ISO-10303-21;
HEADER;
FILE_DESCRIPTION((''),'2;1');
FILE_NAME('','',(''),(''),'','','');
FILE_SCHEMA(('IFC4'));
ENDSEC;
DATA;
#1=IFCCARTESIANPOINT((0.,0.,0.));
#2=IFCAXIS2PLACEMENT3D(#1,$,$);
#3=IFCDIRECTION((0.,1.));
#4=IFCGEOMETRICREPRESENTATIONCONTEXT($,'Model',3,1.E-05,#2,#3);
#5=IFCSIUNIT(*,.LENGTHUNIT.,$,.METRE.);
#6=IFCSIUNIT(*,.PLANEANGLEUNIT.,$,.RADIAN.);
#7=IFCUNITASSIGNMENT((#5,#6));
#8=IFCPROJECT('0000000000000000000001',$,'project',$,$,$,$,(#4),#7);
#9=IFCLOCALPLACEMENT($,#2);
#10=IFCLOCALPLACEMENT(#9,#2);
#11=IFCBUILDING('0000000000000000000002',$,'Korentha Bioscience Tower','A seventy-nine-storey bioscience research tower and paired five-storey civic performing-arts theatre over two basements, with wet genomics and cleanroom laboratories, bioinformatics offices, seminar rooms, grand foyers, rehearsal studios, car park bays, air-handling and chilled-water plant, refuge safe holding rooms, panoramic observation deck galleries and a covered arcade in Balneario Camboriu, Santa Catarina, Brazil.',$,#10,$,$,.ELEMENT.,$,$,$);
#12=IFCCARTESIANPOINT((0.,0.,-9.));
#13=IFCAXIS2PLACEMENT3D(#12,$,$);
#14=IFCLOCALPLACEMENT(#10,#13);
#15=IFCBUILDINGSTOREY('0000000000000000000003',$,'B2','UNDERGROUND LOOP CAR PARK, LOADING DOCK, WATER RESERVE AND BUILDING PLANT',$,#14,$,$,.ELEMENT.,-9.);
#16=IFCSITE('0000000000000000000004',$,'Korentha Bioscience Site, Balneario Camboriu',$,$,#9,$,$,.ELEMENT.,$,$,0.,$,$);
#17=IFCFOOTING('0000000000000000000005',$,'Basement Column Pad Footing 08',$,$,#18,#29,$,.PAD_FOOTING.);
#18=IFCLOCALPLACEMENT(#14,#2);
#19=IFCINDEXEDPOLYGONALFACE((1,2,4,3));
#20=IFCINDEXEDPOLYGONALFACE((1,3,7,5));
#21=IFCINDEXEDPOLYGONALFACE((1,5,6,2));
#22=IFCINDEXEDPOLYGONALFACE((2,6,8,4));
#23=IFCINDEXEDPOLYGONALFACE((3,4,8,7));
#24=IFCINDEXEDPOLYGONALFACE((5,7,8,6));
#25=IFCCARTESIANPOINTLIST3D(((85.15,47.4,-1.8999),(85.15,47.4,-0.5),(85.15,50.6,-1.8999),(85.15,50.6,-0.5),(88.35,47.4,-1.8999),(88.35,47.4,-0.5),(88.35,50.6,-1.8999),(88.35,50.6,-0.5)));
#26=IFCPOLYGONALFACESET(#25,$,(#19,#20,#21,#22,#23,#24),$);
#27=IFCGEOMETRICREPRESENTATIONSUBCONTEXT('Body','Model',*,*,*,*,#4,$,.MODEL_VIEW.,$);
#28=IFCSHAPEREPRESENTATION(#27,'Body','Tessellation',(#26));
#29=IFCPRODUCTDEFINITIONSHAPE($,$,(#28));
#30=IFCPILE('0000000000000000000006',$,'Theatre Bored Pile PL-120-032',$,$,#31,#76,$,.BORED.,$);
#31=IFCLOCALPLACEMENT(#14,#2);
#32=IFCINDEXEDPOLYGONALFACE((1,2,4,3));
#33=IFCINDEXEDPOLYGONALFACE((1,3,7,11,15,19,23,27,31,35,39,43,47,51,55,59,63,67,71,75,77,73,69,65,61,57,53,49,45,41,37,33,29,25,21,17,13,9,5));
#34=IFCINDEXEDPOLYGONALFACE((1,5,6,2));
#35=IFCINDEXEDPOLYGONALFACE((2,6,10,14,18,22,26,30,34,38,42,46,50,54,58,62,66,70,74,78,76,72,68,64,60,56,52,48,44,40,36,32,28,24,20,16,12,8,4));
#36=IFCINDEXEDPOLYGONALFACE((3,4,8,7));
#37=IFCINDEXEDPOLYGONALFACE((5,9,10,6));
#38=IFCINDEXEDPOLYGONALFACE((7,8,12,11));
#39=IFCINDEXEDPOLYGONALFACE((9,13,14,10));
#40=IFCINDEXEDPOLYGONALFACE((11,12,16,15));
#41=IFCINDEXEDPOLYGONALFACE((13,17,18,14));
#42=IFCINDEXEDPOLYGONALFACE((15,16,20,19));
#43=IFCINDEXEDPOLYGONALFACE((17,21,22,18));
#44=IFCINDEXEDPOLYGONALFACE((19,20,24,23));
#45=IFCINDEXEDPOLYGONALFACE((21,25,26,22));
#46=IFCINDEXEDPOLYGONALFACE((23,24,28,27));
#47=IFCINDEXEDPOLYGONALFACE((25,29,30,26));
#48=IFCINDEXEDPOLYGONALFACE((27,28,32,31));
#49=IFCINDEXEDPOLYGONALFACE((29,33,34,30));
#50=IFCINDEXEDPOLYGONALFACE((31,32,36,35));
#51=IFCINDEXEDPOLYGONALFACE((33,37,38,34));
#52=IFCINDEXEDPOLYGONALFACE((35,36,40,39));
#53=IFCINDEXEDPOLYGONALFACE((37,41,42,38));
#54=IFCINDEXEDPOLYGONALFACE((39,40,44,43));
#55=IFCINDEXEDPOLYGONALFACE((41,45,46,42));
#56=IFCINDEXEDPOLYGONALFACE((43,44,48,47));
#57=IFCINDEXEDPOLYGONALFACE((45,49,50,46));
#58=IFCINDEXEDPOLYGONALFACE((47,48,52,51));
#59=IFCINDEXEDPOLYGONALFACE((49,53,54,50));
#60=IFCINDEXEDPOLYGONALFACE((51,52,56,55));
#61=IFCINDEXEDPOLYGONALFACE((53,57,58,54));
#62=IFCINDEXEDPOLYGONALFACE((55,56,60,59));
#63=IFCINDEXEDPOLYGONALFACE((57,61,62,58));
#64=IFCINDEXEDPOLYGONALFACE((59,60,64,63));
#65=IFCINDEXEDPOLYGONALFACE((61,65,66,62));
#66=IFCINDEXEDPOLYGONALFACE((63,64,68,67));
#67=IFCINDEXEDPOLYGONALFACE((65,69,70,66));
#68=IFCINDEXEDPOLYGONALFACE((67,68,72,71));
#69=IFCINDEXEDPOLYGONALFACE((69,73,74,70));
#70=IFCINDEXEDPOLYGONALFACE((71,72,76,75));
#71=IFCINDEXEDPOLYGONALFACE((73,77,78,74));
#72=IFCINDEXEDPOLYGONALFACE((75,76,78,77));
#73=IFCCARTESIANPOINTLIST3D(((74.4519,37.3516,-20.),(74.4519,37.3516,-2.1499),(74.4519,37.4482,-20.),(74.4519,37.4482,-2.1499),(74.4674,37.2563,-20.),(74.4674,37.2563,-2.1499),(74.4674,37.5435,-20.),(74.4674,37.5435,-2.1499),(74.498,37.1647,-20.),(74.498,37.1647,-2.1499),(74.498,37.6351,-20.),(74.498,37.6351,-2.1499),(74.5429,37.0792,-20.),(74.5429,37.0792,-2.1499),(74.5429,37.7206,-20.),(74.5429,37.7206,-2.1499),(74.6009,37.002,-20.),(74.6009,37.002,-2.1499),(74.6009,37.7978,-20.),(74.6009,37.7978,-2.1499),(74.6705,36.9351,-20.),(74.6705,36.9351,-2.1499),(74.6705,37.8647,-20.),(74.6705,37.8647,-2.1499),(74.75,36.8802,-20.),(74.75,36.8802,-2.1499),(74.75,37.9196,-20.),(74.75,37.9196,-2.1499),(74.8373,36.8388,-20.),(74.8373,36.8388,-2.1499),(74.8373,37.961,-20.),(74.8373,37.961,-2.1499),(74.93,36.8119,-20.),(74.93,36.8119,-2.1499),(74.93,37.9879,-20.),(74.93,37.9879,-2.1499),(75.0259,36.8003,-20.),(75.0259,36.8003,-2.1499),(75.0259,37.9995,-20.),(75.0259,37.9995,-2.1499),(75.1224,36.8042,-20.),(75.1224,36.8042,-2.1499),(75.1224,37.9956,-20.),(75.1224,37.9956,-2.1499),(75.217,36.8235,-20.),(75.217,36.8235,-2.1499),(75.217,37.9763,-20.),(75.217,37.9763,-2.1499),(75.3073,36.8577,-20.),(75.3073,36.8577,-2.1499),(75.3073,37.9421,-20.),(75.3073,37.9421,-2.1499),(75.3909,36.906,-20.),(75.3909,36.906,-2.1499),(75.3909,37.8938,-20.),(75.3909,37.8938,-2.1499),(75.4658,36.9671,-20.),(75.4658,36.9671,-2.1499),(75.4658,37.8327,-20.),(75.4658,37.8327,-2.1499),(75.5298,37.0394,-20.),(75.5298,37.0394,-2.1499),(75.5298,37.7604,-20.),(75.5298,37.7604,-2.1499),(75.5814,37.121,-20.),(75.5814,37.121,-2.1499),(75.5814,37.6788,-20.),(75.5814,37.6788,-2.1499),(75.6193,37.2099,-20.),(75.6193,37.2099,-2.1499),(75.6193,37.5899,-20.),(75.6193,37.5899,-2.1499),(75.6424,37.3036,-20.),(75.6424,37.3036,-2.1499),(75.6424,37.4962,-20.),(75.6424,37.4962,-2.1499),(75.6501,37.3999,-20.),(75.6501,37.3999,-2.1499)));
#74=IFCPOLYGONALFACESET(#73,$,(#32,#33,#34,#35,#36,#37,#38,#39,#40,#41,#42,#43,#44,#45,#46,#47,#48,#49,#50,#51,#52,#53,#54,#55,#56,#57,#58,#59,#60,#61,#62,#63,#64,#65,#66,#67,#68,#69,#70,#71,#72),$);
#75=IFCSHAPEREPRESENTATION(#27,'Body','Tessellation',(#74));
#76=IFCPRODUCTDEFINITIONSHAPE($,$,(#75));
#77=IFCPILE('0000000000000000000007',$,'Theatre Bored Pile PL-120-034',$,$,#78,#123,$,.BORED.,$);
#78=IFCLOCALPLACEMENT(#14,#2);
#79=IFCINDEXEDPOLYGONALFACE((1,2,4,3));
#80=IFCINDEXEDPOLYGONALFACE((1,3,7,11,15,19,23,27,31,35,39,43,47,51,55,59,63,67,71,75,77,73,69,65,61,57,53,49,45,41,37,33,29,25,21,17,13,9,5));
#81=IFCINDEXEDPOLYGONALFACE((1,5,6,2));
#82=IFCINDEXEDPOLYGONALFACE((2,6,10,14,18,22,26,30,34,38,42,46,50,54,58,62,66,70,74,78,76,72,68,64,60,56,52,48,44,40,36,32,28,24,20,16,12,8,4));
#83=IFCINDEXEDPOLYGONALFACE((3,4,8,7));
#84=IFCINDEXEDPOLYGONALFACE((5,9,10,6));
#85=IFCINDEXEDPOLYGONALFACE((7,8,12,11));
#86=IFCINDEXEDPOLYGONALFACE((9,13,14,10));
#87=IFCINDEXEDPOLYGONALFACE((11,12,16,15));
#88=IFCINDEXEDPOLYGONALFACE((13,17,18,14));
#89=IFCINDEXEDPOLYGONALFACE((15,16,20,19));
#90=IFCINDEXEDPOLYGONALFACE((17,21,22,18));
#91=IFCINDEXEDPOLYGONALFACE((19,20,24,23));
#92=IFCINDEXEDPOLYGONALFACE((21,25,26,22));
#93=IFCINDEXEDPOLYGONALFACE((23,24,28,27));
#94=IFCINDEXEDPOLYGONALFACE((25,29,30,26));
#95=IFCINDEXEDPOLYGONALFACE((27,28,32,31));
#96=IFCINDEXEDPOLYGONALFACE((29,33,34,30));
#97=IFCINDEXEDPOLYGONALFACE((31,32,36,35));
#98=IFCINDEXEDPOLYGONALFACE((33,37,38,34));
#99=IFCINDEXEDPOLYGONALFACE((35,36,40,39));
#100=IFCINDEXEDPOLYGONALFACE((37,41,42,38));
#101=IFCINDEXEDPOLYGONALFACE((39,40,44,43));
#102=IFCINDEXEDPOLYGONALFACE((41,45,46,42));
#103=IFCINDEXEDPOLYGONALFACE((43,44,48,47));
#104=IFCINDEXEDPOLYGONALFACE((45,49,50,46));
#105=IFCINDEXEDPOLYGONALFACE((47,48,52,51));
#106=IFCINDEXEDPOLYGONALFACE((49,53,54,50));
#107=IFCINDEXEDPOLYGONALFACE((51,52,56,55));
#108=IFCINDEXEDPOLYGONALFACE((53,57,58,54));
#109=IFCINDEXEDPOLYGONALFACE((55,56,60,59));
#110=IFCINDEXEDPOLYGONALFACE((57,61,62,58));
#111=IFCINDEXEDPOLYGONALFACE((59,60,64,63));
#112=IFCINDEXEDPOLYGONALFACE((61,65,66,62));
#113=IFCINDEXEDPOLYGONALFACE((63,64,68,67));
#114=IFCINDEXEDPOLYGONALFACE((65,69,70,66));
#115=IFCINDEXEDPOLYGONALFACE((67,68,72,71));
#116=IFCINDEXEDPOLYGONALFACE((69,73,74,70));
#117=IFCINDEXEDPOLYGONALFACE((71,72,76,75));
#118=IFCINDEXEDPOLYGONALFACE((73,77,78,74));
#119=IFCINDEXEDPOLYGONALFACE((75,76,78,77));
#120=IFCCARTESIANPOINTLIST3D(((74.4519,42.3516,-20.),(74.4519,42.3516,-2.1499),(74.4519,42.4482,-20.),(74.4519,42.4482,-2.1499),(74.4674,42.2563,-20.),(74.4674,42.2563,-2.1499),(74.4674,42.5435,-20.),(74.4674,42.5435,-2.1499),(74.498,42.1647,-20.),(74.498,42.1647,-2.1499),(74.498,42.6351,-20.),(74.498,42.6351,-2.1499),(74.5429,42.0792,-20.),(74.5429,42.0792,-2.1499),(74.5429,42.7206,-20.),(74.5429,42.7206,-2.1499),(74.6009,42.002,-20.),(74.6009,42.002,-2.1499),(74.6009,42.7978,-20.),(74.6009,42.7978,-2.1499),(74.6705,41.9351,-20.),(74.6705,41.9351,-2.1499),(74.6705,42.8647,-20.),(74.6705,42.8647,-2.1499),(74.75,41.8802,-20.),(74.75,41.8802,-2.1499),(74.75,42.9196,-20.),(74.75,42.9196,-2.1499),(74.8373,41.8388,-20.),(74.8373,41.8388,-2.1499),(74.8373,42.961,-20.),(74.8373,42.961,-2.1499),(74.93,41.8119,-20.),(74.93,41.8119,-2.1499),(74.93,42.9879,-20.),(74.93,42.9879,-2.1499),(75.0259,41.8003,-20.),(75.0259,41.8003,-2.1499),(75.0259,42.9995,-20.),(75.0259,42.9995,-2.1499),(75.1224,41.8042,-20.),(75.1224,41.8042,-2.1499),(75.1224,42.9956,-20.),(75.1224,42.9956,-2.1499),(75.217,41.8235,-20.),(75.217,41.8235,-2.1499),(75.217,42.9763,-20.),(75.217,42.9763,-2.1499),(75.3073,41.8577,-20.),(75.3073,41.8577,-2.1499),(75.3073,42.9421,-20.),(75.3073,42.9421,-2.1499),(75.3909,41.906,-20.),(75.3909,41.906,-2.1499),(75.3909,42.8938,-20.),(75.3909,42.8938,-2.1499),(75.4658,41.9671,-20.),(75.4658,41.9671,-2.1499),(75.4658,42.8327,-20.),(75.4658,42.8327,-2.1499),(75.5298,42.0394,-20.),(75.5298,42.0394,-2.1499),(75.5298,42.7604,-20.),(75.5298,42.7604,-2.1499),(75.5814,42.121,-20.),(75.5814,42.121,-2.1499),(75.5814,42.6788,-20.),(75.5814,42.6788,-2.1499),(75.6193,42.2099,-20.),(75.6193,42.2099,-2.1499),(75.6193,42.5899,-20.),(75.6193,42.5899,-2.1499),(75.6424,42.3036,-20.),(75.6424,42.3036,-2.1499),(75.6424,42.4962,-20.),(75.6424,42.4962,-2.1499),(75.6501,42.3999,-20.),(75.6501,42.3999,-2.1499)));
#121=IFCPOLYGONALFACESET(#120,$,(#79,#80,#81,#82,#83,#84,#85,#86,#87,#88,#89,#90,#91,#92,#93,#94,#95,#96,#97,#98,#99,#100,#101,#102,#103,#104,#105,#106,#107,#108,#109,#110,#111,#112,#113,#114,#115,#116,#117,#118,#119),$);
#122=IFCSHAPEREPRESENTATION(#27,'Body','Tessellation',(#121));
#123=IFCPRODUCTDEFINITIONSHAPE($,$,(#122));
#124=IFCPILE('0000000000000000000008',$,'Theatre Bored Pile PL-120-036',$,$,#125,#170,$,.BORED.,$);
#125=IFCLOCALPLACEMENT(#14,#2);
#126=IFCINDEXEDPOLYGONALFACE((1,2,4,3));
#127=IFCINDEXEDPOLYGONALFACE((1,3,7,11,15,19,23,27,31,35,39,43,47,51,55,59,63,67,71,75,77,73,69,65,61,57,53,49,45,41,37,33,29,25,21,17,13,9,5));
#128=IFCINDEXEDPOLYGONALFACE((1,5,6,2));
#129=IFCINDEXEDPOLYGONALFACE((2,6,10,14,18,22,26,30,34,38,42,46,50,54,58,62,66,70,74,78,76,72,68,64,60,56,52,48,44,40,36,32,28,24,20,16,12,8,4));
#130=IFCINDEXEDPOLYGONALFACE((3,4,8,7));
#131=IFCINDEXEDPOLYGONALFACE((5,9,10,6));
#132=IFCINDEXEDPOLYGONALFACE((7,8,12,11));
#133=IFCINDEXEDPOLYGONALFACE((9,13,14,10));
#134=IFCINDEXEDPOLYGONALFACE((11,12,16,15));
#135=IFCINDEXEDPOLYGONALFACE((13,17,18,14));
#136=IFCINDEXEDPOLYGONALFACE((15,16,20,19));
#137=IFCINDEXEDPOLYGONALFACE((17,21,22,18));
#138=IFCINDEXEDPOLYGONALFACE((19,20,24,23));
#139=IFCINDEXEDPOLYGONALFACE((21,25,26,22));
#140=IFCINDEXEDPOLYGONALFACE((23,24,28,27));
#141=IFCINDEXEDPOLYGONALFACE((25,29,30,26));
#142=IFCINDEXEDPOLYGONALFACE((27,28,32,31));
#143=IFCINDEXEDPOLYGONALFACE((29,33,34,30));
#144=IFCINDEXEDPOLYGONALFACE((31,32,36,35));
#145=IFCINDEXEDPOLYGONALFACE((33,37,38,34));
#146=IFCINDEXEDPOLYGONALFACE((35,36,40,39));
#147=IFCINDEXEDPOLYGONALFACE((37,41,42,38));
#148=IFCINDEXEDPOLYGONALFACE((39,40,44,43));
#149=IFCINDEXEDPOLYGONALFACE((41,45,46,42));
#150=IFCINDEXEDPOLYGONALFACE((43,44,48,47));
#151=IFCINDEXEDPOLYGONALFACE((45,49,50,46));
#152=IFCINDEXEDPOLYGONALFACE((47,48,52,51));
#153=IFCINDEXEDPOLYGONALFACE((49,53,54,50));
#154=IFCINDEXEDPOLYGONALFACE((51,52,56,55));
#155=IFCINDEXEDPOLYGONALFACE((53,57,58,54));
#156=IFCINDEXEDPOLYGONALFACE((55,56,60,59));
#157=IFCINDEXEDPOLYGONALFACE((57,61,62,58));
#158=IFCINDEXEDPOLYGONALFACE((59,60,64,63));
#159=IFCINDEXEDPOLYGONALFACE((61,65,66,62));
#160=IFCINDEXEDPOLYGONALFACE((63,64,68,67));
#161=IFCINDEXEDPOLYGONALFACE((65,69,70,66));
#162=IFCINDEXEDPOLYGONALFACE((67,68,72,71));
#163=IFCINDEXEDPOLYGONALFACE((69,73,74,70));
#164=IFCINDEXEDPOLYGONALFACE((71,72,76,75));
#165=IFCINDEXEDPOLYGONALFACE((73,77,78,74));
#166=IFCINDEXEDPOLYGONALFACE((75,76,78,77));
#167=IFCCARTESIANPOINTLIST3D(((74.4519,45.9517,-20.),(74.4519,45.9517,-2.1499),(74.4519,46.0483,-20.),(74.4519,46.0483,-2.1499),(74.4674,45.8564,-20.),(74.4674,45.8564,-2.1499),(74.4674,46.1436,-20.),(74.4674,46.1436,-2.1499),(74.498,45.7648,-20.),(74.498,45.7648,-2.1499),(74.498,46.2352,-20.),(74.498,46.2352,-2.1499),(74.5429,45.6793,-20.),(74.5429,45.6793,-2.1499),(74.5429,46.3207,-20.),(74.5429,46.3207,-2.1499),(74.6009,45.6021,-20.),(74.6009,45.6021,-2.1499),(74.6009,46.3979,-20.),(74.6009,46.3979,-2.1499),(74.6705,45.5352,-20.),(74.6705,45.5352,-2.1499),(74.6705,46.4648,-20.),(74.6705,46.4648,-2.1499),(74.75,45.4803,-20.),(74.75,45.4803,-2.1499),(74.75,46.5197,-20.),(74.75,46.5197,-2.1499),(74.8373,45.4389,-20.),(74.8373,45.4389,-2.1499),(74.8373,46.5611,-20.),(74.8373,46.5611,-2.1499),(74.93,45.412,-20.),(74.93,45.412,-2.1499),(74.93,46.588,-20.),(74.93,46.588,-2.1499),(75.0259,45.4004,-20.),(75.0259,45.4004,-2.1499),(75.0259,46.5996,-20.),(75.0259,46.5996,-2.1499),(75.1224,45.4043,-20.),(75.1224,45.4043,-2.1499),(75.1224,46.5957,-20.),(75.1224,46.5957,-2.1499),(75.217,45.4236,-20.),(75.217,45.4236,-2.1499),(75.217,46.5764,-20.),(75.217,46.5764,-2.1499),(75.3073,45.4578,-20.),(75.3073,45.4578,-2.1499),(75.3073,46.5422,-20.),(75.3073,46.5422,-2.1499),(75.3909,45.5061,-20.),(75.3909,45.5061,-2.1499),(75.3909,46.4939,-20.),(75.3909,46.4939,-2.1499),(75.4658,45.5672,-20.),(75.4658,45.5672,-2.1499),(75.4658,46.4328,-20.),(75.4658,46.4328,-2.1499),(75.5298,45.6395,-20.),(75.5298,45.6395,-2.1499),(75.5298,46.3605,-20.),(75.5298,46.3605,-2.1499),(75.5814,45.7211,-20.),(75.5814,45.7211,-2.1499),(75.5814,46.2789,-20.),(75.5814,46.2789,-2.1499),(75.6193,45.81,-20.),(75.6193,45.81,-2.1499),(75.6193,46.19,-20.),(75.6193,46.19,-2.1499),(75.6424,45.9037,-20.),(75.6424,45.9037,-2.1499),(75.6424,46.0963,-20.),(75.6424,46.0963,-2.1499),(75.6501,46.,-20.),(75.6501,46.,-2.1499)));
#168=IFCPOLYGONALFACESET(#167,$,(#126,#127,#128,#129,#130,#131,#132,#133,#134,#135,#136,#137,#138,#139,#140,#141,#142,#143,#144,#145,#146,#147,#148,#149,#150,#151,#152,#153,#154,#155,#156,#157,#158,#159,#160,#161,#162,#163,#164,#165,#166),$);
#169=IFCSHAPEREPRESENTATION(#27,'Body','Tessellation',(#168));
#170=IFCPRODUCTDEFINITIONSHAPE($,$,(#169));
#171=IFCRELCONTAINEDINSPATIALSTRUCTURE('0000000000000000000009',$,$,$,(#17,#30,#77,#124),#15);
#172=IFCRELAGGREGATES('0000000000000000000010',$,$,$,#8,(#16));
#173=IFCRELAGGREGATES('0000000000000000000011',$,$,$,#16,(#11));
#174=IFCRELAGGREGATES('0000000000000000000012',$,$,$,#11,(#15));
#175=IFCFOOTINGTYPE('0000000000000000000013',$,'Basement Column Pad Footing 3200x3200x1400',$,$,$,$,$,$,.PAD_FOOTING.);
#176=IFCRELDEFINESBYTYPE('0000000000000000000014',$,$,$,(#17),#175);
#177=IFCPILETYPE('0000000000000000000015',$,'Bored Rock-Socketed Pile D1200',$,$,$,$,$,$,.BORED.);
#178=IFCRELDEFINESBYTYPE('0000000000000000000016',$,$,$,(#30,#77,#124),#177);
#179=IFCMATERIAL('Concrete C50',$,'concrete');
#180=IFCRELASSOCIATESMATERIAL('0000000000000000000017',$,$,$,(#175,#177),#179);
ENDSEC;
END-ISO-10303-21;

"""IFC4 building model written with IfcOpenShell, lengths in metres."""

from ifc_helpers import new_model, si_unit, direction, frame, origin, origin_2d, place, context, subcontext, project, spatial, rectangle, circle, extrude, material, material_profile, profile_set, type_object, element, save


model = new_model("IFC4")

# Units and contexts
model_context = context("Model", 3, precision=1e-05, world=origin(), true_north=direction((0.0, 1.0)))
body_context = subcontext(model_context, "Body", "Model", "MODEL_VIEW")
ifc_project = project(units=[si_unit("LENGTHUNIT", "METRE"), si_unit("PLANEANGLEUNIT", "RADIAN")], contexts=[model_context])

# Site, building, storey
site_placement = place(None, origin())
site = spatial("IfcSite", under=ifc_project, at=site_placement, Name="Korentha Bioscience Site, Balneario Camboriu", CompositionType="ELEMENT", RefElevation=0.0)
building_placement = place(site_placement, origin())
building = spatial("IfcBuilding", under=site, at=building_placement, Name="Korentha Bioscience Tower", Description="A seventy-nine-storey bioscience research tower and paired five-storey civic performing-arts theatre over two basements, with wet genomics and cleanroom laboratories, bioinformatics offices, seminar rooms, grand foyers, rehearsal studios, car park bays, air-handling and chilled-water plant, refuge safe holding rooms, panoramic observation deck galleries and a covered arcade in Balneario Camboriu, Santa Catarina, Brazil.", CompositionType="ELEMENT")
storey_placement = place(building_placement, frame((0.0, 0.0, -9.0)))
storey = spatial("IfcBuildingStorey", under=building, at=storey_placement, Name="B2", Description="UNDERGROUND LOOP CAR PARK, LOADING DOCK, WATER RESERVE AND BUILDING PLANT", CompositionType="ELEMENT", Elevation=-9.0)

# Footing
ifc_material_1 = material(Name="Concrete C50", Category="concrete")
footing_type_1 = type_object("IfcFootingType", Name="Basement Column Pad Footing 3200x3200x1400", PredefinedType="PAD_FOOTING", material=ifc_material_1)
footing_1_placement = place(storey_placement, frame((86.75, 49.0, -1.8999), z_axis=(0.0, 0.0, 1.0), x_axis=(1.0, 0.0, 0.0)))
element("IfcFooting", 1, at=footing_1_placement, inside=storey, type_object=footing_type_1, Name="Basement Column Pad Footing 08", PredefinedType="PAD_FOOTING", context=body_context, shape_type="SweptSolid", body=[
    extrude(rectangle(XDim=3.2, YDim=3.2, at=origin_2d()), origin(), (0.0, 0.0, 1.0), 1.3999),
])

# Piles
ifc_material_profile_1 = material_profile(ifc_material_1, circle(Radius=0.6001, at=origin_2d()), Name="Concrete C50")
ifc_profile_set_1 = profile_set([ifc_material_profile_1], Name="Concrete C50 (PL-120)")
pile_type = type_object("IfcPileType", Name="Bored Rock-Socketed Pile D1200", PredefinedType="BORED", material=ifc_profile_set_1)
for number, where, z_axis, x_axis, name in (
    (2, (75.05, 37.3999, -2.1499), (0.0, 0.0, -1.0), (1.0, 0.0, 0.0), "Theatre Bored Pile PL-120-032"),
    (3, (75.05, 42.3999, -2.1499), (0.0, 0.0, -1.0), (1.0, 0.0, 0.0), "Theatre Bored Pile PL-120-034"),
    (4, (75.05, 46.0, -2.1499), (0.0, 0.0, -1.0), (1.0, 0.0, 0.0), "Theatre Bored Pile PL-120-036"),
):
    element("IfcPile", number, at=place(storey_placement, frame(where, z_axis=z_axis, x_axis=x_axis)), inside=storey, type_object=pile_type, Name=name, PredefinedType="BORED", context=body_context, shape_type="SweptSolid", body=[
        extrude(circle(Radius=0.6001, at=origin_2d()), origin(), (0.0, 0.0, 1.0), 17.8501),
    ])

save(model, "model.ifc")
